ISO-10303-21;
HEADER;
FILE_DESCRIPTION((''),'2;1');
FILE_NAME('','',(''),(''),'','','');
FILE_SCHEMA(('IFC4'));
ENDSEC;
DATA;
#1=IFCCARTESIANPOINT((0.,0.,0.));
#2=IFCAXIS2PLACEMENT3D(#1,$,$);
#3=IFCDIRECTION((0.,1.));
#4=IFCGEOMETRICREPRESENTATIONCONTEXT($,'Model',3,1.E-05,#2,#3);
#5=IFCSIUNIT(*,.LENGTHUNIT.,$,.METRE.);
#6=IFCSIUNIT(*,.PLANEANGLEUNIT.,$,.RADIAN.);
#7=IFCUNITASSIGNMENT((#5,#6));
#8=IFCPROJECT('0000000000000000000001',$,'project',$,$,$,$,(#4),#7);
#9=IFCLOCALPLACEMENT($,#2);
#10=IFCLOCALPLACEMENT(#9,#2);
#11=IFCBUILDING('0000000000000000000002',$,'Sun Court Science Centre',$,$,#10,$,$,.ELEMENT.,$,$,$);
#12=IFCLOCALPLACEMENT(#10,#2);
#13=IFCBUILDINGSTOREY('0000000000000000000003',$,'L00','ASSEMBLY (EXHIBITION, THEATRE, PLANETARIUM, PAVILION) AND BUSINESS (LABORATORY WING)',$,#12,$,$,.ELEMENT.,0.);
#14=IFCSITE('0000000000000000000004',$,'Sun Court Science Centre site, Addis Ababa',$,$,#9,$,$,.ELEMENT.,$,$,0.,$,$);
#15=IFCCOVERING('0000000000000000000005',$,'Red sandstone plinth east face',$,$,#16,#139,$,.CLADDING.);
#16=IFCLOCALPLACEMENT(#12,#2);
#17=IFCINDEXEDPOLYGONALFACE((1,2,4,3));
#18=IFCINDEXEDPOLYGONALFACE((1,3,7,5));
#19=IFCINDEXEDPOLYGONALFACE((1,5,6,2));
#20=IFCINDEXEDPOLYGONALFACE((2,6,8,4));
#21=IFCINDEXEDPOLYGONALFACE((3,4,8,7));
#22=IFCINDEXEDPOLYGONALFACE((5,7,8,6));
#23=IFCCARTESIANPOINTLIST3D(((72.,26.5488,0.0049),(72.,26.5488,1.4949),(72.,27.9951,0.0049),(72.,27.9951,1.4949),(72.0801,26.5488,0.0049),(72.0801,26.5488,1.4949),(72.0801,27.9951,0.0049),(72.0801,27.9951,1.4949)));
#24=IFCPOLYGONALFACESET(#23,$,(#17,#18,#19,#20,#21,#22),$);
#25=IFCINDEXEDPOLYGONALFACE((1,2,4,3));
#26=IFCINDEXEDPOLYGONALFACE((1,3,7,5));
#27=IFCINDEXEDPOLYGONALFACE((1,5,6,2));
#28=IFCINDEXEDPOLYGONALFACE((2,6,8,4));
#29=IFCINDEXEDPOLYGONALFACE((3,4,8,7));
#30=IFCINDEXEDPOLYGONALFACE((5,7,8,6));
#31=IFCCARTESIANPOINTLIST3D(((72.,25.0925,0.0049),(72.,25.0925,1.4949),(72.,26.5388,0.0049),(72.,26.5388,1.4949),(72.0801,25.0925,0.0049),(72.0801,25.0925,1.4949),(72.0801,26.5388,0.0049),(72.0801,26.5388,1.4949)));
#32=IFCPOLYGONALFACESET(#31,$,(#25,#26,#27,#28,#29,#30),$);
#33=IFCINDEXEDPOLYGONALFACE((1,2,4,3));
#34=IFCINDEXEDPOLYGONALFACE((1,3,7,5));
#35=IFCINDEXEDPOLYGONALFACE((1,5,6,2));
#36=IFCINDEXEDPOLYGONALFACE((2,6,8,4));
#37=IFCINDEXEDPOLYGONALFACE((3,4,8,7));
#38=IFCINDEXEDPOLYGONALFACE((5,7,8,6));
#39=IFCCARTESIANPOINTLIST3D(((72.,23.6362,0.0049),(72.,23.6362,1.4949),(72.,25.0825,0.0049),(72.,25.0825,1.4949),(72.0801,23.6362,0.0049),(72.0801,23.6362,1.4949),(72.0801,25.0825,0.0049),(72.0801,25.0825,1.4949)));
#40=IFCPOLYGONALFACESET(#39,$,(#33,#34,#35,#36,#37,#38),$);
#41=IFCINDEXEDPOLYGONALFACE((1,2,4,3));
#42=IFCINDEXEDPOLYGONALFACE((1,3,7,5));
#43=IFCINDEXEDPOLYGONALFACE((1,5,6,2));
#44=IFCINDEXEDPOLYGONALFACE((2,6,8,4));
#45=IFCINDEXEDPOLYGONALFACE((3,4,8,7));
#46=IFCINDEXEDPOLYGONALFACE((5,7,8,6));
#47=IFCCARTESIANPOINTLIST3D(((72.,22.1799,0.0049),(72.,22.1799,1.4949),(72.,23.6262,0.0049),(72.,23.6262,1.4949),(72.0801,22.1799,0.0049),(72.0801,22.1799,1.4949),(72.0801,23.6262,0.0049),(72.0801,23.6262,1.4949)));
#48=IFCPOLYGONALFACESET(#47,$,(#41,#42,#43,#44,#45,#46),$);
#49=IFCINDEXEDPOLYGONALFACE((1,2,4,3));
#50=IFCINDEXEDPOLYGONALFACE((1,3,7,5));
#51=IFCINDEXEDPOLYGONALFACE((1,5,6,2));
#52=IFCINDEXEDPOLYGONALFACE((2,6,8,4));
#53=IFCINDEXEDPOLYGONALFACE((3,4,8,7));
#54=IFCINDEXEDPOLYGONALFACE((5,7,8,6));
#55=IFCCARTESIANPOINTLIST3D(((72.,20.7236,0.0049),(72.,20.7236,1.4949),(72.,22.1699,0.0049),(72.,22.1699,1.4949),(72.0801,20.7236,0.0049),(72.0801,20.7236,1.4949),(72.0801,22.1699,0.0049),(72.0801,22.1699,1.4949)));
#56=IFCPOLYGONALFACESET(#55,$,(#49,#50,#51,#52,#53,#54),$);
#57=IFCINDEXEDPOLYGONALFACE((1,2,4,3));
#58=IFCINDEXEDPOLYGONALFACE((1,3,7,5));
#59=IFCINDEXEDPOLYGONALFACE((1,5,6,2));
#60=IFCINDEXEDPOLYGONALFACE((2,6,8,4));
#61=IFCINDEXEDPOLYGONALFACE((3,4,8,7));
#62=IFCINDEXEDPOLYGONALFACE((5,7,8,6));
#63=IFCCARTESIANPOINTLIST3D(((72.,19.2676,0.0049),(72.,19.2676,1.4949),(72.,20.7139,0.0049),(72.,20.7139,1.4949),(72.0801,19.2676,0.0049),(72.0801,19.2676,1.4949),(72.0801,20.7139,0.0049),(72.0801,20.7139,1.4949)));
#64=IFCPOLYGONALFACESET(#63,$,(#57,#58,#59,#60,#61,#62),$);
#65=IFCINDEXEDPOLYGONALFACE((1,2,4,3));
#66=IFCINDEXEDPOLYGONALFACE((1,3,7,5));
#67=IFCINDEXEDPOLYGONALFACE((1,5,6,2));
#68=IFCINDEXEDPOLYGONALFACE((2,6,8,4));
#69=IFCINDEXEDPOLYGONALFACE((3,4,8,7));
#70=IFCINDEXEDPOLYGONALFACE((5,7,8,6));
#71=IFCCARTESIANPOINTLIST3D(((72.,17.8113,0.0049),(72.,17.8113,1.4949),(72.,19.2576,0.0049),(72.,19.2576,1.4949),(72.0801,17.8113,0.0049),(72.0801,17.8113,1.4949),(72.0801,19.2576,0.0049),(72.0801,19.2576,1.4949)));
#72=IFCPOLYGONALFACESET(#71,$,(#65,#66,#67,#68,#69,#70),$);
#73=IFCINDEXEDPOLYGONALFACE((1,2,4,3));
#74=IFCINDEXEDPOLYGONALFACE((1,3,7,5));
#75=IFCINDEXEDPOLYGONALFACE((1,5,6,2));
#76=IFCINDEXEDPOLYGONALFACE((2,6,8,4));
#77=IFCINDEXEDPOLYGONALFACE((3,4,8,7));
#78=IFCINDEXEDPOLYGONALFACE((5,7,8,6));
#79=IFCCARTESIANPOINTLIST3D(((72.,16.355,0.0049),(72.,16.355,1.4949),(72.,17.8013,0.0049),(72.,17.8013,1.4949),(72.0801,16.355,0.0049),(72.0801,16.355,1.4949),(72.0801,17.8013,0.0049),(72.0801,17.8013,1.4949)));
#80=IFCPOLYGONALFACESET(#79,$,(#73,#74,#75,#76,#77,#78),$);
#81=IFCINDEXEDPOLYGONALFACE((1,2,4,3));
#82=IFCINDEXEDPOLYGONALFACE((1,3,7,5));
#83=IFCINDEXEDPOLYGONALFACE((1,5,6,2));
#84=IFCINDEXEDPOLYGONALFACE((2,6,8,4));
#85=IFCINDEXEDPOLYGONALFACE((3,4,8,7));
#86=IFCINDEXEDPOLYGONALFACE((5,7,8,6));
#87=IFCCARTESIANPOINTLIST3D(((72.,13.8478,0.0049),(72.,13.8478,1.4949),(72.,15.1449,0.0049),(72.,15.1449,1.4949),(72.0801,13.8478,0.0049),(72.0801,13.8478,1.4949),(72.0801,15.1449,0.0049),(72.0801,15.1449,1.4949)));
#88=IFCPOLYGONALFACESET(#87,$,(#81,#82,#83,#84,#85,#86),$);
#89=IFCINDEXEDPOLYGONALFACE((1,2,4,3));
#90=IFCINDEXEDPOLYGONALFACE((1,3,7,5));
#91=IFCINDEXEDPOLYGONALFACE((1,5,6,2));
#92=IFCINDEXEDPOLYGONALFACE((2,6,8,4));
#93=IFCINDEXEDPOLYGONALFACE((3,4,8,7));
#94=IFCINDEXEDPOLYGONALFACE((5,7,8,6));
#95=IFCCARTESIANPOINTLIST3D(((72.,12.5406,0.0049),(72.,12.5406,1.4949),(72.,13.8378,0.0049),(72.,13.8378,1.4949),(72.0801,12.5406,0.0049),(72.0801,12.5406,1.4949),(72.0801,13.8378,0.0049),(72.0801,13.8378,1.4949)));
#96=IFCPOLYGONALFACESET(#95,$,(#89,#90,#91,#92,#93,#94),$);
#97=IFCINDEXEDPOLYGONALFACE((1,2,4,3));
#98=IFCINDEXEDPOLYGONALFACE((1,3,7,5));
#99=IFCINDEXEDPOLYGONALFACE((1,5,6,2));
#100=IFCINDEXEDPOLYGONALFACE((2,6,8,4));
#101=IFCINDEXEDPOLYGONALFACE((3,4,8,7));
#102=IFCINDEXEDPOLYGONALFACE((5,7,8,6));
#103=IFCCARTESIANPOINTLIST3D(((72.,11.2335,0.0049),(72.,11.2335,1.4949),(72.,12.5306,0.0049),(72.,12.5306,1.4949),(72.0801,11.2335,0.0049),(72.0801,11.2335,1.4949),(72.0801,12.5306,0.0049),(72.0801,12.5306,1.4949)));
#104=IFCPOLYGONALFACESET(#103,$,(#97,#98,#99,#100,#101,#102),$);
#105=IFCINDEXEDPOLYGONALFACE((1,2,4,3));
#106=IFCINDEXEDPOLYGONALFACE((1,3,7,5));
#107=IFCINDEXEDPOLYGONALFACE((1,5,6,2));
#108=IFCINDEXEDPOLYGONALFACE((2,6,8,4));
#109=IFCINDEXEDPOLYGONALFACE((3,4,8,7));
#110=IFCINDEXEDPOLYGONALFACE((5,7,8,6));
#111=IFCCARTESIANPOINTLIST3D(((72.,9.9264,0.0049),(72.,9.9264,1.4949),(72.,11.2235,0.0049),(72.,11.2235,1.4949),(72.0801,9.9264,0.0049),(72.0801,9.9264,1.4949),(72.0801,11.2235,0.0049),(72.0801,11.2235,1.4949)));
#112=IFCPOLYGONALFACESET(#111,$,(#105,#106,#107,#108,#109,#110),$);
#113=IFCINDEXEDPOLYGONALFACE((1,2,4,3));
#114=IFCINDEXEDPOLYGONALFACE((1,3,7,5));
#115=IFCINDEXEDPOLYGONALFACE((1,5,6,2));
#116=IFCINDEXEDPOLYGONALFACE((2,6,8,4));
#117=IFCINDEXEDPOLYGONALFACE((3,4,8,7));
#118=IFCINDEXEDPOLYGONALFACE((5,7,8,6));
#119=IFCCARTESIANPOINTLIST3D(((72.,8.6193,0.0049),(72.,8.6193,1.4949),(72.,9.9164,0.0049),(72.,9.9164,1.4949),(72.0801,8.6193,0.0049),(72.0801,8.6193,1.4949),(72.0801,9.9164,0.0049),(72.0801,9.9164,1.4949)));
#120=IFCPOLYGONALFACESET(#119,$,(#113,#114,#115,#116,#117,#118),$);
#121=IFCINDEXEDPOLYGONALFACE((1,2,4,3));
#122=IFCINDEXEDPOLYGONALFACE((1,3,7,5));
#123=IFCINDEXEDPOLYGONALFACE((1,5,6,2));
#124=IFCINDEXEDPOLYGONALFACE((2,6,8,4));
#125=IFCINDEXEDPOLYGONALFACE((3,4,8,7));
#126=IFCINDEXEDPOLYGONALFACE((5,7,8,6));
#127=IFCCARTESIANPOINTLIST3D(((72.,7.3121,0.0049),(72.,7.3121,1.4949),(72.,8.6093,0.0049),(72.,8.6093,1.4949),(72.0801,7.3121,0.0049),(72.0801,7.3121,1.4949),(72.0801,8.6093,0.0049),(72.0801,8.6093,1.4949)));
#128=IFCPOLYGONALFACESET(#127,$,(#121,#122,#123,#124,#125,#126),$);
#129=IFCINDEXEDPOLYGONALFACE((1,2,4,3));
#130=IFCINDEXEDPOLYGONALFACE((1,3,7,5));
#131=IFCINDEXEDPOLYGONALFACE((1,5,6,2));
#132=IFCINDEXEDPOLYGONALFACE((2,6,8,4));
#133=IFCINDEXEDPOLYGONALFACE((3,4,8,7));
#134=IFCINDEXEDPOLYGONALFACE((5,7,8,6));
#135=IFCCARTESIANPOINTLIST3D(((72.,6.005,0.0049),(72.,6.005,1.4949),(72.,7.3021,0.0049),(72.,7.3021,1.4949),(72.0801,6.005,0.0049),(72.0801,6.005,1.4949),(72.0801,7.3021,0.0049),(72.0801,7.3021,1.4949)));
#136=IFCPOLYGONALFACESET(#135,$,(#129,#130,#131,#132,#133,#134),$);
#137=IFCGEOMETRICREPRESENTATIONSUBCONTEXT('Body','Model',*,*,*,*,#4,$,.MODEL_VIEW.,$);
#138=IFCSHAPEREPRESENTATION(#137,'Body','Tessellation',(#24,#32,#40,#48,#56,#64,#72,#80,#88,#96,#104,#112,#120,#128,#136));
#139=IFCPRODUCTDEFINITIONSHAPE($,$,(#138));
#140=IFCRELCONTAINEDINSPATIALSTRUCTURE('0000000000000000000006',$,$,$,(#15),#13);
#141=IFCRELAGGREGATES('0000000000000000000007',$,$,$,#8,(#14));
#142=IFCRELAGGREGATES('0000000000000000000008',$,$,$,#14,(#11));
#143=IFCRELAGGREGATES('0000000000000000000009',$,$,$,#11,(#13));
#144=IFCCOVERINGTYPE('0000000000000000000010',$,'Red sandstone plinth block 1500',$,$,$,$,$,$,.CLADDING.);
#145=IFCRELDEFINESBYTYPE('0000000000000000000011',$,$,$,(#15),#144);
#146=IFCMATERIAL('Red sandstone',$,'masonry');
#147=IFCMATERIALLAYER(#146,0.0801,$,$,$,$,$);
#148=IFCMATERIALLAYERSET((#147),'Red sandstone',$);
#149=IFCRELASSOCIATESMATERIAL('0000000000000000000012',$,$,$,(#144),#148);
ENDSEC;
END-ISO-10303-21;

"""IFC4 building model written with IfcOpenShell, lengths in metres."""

from ifc_helpers import new_model, si_unit, direction, frame, origin, origin_2d, place, context, subcontext, project, spatial, rectangle, extrude, material, layer, layer_set, type_object, element, save


model = new_model("IFC4")

# Units and contexts
model_context = context("Model", 3, precision=1e-05, world=origin(), true_north=direction((0.0, 1.0)))
body_context = subcontext(model_context, "Body", "Model", "MODEL_VIEW")
ifc_project = project(units=[si_unit("LENGTHUNIT", "METRE"), si_unit("PLANEANGLEUNIT", "RADIAN")], contexts=[model_context])

# Site, building, storey
site_placement = place(None, origin())
site = spatial("IfcSite", under=ifc_project, at=site_placement, Name="Sun Court Science Centre site, Addis Ababa", CompositionType="ELEMENT", RefElevation=0.0)
building_placement = place(site_placement, origin())
building = spatial("IfcBuilding", under=site, at=building_placement, Name="Sun Court Science Centre", CompositionType="ELEMENT")
storey_placement = place(building_placement, origin())
storey = spatial("IfcBuildingStorey", under=building, at=storey_placement, Name="L00", Description="ASSEMBLY (EXHIBITION, THEATRE, PLANETARIUM, PAVILION) AND BUSINESS (LABORATORY WING)", CompositionType="ELEMENT", Elevation=0.0)

# Covering
ifc_material_1 = material(Name="Red sandstone", Category="masonry")
ifc_layer_1 = layer(ifc_material_1, 0.0801)
ifc_layer_set_1 = layer_set([ifc_layer_1], Name="Red sandstone")
covering_type_1 = type_object("IfcCoveringType", Name="Red sandstone plinth block 1500", PredefinedType="CLADDING", material=ifc_layer_set_1)
covering_1_placement = place(storey_placement, origin())
element("IfcCovering", 1, at=covering_1_placement, inside=storey, type_object=covering_type_1, Name="Red sandstone plinth east face", PredefinedType="CLADDING", context=body_context, shape_type="SweptSolid", body=[
    extrude(rectangle(XDim=1.4463, YDim=0.0801, at=origin_2d()), frame((72.04, 27.272, 0.0049), z_axis=(0.0, 0.0, 1.0), x_axis=(0.0, -1.0, 0.0)), (0.0, 0.0, 1.0), 1.49),
    extrude(rectangle(XDim=1.4463, YDim=0.0801, at=origin_2d()), frame((72.04, 25.8157, 0.0049), z_axis=(0.0, 0.0, 1.0), x_axis=(0.0, -1.0, 0.0)), (0.0, 0.0, 1.0), 1.49),
    extrude(rectangle(XDim=1.4463, YDim=0.0801, at=origin_2d()), frame((72.04, 24.3594, 0.0049), z_axis=(0.0, 0.0, 1.0), x_axis=(0.0, -1.0, 0.0)), (0.0, 0.0, 1.0), 1.49),
    extrude(rectangle(XDim=1.4463, YDim=0.0801, at=origin_2d()), frame((72.04, 22.9031, 0.0049), z_axis=(0.0, 0.0, 1.0), x_axis=(0.0, -1.0, 0.0)), (0.0, 0.0, 1.0), 1.49),
    extrude(rectangle(XDim=1.4463, YDim=0.0801, at=origin_2d()), frame((72.04, 21.4468, 0.0049), z_axis=(0.0, 0.0, 1.0), x_axis=(0.0, -1.0, 0.0)), (0.0, 0.0, 1.0), 1.49),
    extrude(rectangle(XDim=1.4463, YDim=0.0801, at=origin_2d()), frame((72.04, 19.9907, 0.0049), z_axis=(0.0, 0.0, 1.0), x_axis=(0.0, -1.0, 0.0)), (0.0, 0.0, 1.0), 1.49),
    extrude(rectangle(XDim=1.4463, YDim=0.0801, at=origin_2d()), frame((72.04, 18.5344, 0.0049), z_axis=(0.0, 0.0, 1.0), x_axis=(0.0, -1.0, 0.0)), (0.0, 0.0, 1.0), 1.49),
    extrude(rectangle(XDim=1.4463, YDim=0.0801, at=origin_2d()), frame((72.04, 17.0781, 0.0049), z_axis=(0.0, 0.0, 1.0), x_axis=(0.0, -1.0, 0.0)), (0.0, 0.0, 1.0), 1.49),
    extrude(rectangle(XDim=1.2971, YDim=0.0801, at=origin_2d()), frame((72.04, 14.4963, 0.0049), z_axis=(0.0, 0.0, 1.0), x_axis=(0.0, -1.0, 0.0)), (0.0, 0.0, 1.0), 1.49),
    extrude(rectangle(XDim=1.2971, YDim=0.0801, at=origin_2d()), frame((72.04, 13.1892, 0.0049), z_axis=(0.0, 0.0, 1.0), x_axis=(0.0, -1.0, 0.0)), (0.0, 0.0, 1.0), 1.49),
    extrude(rectangle(XDim=1.2971, YDim=0.0801, at=origin_2d()), frame((72.04, 11.8821, 0.0049), z_axis=(0.0, 0.0, 1.0), x_axis=(0.0, -1.0, 0.0)), (0.0, 0.0, 1.0), 1.49),
    extrude(rectangle(XDim=1.2971, YDim=0.0801, at=origin_2d()), frame((72.04, 10.575, 0.0049), z_axis=(0.0, 0.0, 1.0), x_axis=(0.0, -1.0, 0.0)), (0.0, 0.0, 1.0), 1.49),
    extrude(rectangle(XDim=1.2971, YDim=0.0801, at=origin_2d()), frame((72.04, 9.2678, 0.0049), z_axis=(0.0, 0.0, 1.0), x_axis=(0.0, -1.0, 0.0)), (0.0, 0.0, 1.0), 1.49),
    extrude(rectangle(XDim=1.2971, YDim=0.0801, at=origin_2d()), frame((72.04, 7.9607, 0.0049), z_axis=(0.0, 0.0, 1.0), x_axis=(0.0, -1.0, 0.0)), (0.0, 0.0, 1.0), 1.49),
    extrude(rectangle(XDim=1.2971, YDim=0.0801, at=origin_2d()), frame((72.04, 6.6536, 0.0049), z_axis=(0.0, 0.0, 1.0), x_axis=(0.0, -1.0, 0.0)), (0.0, 0.0, 1.0), 1.49),
])

save(model, "model.ifc")
